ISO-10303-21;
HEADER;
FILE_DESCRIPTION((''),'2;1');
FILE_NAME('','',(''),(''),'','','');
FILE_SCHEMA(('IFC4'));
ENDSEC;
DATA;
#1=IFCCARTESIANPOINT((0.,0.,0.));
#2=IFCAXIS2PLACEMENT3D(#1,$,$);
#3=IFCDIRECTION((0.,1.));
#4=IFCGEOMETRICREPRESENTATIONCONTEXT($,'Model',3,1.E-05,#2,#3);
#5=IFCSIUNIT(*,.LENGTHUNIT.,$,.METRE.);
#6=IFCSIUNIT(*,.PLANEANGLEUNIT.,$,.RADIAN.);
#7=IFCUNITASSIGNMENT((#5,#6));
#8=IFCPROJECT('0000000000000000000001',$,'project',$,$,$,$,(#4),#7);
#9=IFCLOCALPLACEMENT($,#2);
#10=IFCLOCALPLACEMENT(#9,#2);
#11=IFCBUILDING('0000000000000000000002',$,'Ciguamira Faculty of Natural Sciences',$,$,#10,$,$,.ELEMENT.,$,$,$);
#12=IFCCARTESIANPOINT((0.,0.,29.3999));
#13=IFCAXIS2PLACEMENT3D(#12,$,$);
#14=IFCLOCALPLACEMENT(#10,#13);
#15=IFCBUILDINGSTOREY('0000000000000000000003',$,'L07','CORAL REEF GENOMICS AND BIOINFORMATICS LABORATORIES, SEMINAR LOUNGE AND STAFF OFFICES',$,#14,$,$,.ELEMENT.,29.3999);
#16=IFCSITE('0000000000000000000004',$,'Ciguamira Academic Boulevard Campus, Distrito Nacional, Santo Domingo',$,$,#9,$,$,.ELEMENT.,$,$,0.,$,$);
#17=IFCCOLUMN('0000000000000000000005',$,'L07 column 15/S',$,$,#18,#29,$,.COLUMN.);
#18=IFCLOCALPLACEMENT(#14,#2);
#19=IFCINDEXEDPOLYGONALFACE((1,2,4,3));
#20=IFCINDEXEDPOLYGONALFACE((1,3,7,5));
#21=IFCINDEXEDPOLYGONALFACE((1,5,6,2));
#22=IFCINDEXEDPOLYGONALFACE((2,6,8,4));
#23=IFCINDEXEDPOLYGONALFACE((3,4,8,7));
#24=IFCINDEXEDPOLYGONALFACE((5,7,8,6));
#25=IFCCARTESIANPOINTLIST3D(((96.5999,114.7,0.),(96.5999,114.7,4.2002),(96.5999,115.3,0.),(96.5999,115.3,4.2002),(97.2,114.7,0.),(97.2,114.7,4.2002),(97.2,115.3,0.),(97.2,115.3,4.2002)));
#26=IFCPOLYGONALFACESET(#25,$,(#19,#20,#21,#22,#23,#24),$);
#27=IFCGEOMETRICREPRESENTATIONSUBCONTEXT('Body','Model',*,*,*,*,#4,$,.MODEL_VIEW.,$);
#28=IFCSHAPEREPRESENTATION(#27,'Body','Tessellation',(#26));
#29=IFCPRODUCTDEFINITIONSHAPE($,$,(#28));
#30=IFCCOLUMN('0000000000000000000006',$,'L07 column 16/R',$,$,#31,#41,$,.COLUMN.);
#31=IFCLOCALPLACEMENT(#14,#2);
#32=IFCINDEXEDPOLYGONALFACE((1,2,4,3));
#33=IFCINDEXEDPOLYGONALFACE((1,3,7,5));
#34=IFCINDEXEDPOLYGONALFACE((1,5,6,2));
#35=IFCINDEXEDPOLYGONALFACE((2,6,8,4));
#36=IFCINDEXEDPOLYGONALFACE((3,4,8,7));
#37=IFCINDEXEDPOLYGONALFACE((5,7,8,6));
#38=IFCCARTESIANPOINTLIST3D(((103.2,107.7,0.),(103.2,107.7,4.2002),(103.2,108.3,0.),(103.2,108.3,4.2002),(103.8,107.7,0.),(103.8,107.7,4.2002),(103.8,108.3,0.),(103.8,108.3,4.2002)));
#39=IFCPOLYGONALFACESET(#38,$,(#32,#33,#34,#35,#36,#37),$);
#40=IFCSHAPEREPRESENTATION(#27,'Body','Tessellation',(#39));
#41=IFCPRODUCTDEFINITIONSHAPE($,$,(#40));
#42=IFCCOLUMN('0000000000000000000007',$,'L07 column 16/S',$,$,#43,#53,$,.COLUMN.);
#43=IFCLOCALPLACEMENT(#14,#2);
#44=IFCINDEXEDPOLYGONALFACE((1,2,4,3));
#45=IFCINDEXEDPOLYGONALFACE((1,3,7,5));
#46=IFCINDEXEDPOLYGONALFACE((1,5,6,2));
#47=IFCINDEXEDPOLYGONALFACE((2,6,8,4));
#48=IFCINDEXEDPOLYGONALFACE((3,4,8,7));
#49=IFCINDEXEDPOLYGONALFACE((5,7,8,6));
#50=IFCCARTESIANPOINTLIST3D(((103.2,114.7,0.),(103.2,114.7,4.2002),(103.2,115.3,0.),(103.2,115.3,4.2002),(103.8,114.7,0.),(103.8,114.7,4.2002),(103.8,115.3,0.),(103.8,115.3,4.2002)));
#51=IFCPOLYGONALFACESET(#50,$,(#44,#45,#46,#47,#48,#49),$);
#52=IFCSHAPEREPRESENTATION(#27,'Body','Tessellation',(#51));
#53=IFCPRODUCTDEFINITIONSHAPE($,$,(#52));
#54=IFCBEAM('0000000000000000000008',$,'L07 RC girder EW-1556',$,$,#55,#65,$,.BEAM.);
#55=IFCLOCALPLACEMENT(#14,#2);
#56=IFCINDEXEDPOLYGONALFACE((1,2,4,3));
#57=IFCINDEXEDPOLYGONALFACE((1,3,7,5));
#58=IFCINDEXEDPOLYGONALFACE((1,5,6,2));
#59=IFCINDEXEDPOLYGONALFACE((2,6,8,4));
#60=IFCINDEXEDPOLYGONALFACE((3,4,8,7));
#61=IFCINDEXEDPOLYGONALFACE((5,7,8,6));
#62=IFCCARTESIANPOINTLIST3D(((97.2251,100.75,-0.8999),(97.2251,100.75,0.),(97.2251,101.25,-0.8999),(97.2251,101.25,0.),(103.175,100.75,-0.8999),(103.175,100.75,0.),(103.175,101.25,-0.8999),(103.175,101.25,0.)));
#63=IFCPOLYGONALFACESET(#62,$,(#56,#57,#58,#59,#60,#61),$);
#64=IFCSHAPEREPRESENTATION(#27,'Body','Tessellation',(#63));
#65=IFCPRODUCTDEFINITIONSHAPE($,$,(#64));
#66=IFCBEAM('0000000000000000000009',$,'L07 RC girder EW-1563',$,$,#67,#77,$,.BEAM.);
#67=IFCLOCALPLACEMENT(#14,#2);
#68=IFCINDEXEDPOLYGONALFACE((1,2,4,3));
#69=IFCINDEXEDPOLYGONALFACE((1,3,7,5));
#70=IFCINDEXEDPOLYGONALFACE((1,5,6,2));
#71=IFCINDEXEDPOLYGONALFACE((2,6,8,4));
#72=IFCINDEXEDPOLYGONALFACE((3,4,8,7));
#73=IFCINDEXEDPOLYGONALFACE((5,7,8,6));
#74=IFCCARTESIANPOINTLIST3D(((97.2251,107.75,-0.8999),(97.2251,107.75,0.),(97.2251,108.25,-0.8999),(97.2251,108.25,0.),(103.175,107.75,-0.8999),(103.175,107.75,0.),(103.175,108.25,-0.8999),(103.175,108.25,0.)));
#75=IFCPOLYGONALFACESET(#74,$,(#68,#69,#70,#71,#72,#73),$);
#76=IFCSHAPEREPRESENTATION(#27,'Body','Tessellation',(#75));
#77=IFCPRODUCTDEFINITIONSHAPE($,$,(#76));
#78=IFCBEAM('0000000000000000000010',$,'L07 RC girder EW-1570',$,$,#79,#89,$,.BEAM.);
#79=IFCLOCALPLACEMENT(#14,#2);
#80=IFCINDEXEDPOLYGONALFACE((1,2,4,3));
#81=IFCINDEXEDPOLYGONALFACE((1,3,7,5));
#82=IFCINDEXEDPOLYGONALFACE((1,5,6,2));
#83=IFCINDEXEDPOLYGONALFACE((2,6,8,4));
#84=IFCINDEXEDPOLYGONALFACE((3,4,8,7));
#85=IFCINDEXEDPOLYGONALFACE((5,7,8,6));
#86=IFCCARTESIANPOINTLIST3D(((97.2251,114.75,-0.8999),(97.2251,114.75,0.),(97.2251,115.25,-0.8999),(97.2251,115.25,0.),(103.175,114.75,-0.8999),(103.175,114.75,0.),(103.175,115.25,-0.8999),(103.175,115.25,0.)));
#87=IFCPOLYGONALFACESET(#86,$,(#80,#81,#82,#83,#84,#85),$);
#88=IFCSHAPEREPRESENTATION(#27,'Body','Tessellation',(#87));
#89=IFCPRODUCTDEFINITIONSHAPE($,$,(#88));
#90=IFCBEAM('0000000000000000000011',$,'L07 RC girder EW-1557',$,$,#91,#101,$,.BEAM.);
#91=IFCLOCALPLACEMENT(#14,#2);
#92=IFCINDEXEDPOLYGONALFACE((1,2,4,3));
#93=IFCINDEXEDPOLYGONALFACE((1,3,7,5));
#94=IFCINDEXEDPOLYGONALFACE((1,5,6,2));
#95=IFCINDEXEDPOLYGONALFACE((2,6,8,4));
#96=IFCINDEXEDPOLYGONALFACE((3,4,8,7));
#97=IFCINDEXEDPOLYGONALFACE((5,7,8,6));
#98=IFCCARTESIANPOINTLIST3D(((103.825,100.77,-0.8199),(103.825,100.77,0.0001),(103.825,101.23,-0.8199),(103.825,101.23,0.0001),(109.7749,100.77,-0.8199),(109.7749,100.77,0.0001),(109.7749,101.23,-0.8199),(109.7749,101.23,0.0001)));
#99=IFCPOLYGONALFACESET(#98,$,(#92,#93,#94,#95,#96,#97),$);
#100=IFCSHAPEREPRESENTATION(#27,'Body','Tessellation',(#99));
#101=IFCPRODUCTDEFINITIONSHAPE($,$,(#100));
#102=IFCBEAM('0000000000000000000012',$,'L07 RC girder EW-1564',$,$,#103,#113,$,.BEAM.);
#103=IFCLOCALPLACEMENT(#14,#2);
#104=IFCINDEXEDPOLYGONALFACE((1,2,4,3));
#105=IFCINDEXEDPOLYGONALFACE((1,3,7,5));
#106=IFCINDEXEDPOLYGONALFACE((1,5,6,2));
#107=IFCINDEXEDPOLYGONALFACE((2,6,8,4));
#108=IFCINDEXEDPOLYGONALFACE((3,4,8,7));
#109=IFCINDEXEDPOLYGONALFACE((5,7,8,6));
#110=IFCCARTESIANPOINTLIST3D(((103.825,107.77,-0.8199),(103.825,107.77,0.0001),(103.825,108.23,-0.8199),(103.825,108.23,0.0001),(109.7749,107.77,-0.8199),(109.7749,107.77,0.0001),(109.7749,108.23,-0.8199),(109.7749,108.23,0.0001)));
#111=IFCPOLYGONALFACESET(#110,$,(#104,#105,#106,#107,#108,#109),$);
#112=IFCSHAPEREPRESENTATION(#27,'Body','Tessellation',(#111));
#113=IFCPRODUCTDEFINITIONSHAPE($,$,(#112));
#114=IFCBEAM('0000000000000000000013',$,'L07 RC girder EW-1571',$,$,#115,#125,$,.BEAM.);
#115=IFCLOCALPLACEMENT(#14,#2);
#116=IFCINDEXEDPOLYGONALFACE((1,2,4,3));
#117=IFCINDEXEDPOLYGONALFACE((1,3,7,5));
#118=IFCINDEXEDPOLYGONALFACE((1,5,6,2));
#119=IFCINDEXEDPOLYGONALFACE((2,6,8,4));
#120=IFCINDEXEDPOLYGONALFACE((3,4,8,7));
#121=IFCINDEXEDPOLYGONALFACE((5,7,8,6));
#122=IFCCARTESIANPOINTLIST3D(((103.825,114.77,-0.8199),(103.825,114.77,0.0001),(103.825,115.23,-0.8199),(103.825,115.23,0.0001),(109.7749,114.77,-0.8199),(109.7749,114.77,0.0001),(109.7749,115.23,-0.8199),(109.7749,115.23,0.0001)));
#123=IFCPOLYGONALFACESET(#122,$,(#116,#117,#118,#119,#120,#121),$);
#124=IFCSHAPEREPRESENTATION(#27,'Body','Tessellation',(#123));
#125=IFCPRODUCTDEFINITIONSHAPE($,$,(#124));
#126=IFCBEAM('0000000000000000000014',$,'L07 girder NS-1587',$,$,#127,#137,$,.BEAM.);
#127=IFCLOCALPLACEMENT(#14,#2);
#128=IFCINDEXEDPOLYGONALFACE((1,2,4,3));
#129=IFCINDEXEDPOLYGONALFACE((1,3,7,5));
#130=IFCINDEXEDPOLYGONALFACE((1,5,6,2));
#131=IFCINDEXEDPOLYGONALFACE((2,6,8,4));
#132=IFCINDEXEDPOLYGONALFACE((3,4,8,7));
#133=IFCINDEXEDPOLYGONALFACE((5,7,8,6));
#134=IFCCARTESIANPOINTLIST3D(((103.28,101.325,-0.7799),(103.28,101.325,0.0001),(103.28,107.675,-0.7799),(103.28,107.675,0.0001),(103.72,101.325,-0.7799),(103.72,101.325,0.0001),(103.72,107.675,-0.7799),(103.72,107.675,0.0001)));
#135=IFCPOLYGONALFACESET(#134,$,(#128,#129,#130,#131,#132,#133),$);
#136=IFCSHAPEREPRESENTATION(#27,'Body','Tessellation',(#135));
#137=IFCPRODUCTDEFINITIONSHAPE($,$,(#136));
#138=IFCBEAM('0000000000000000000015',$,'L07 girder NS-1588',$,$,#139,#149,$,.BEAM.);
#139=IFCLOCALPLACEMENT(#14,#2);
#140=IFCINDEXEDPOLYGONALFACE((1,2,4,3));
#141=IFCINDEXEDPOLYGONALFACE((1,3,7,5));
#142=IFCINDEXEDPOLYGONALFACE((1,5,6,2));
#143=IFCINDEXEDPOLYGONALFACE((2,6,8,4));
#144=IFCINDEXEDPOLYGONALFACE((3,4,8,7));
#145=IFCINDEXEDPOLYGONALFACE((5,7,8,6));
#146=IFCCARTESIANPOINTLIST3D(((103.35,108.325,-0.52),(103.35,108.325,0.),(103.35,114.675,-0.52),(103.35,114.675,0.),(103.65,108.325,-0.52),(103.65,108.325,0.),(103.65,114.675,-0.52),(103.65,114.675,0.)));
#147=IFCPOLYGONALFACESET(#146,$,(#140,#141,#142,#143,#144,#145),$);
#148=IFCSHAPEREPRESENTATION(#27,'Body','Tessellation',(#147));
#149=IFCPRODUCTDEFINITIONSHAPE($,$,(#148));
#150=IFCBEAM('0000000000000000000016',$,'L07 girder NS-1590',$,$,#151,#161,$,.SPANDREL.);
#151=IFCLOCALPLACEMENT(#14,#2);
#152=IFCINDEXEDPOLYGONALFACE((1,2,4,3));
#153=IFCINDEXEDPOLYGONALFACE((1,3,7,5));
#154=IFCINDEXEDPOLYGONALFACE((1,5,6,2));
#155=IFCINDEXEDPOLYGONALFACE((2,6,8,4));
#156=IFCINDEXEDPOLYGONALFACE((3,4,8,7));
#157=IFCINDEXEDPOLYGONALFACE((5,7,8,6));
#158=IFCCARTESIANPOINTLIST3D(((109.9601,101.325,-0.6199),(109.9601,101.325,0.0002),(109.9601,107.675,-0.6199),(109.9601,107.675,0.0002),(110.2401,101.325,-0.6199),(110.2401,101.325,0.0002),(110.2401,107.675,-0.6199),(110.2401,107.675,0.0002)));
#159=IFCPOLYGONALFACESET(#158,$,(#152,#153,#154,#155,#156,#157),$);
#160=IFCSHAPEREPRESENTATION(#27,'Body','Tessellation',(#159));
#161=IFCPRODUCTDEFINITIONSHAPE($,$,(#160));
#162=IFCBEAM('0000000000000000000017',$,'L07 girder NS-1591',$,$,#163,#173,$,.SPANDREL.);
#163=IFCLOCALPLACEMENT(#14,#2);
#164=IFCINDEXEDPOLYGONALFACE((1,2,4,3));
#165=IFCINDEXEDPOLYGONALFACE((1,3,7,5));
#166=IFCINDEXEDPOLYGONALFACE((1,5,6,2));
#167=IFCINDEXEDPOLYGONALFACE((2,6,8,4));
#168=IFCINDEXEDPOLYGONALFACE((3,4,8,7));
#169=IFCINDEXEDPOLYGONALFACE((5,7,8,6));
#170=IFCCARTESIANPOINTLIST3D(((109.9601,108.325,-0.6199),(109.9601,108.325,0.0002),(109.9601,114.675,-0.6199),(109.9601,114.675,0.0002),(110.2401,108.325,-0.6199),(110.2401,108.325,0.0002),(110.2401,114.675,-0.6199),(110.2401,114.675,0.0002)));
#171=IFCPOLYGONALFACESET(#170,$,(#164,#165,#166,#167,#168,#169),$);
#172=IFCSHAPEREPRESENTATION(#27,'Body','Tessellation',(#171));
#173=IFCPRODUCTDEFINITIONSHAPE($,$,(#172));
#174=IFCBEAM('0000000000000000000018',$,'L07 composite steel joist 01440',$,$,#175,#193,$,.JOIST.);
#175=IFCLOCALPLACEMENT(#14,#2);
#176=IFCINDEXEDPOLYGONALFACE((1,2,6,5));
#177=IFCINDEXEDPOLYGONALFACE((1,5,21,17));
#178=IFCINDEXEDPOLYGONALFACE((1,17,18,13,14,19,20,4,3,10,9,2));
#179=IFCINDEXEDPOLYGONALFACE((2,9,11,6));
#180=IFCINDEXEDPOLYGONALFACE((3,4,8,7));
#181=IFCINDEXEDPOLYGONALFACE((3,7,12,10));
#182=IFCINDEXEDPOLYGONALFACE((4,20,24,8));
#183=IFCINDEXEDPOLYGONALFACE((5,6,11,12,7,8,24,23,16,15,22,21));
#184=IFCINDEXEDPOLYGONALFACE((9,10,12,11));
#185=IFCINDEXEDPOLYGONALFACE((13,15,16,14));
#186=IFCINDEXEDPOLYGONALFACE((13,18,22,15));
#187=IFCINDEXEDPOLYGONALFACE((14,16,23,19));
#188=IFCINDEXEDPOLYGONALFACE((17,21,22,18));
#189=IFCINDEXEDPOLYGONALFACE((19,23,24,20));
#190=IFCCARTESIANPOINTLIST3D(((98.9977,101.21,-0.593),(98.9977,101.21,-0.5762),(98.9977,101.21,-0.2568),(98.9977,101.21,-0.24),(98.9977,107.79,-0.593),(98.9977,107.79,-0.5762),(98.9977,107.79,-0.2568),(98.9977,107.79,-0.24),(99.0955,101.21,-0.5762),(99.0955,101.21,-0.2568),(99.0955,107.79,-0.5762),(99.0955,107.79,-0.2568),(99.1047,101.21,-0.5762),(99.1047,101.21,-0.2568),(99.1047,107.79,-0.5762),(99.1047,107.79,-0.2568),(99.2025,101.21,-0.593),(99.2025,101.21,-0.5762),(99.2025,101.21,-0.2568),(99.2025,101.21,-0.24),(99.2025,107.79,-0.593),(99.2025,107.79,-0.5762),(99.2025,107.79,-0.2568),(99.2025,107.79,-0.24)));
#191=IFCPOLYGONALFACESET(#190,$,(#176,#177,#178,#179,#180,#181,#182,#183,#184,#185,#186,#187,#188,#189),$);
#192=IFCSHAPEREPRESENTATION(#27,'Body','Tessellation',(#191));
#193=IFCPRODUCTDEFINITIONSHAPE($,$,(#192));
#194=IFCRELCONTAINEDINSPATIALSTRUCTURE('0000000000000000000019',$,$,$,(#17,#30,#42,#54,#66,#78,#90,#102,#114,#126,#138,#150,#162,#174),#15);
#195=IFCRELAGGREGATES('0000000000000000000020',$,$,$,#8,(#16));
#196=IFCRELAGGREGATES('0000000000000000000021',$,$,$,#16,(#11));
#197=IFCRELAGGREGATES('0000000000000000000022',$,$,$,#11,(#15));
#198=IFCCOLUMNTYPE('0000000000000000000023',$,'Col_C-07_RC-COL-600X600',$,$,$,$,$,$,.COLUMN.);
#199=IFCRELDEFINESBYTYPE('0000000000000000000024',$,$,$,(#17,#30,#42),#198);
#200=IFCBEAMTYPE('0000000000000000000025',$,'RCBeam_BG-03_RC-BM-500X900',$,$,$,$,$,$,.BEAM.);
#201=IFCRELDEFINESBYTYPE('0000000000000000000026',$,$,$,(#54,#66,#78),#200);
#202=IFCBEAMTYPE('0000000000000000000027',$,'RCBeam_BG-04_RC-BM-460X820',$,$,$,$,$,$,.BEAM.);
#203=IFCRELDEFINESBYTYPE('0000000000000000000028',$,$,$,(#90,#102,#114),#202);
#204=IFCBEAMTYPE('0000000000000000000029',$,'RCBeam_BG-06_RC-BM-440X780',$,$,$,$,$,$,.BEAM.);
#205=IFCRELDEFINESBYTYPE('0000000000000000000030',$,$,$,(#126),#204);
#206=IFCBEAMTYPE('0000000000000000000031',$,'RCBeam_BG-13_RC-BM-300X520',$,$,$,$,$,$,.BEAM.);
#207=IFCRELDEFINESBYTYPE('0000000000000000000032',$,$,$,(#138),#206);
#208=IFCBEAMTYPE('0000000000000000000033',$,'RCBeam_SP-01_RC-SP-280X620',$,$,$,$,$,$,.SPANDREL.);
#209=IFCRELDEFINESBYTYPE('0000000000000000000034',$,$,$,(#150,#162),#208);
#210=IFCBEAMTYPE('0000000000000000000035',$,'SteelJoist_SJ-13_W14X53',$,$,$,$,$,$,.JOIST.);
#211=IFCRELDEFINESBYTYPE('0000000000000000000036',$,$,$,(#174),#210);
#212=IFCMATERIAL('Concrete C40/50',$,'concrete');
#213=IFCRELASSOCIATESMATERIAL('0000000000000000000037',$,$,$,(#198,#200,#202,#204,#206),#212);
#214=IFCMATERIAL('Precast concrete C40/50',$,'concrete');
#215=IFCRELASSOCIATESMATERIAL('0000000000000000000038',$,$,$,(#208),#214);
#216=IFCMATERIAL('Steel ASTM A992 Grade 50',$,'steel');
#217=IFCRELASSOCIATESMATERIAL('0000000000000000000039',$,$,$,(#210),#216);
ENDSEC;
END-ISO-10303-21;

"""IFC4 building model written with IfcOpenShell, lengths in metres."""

from ifc_helpers import new_model, si_unit, direction, frame, origin, origin_2d, place, context, subcontext, project, spatial, rectangle, i_section, extrude, material, material_profile, profile_set, type_object, element, save


model = new_model("IFC4")

# Units and contexts
model_context = context("Model", 3, precision=1e-05, world=origin(), true_north=direction((0.0, 1.0)))
body_context = subcontext(model_context, "Body", "Model", "MODEL_VIEW")
ifc_project = project(units=[si_unit("LENGTHUNIT", "METRE"), si_unit("PLANEANGLEUNIT", "RADIAN")], contexts=[model_context])

# Site, building, storey
site_placement = place(None, origin())
site = spatial("IfcSite", under=ifc_project, at=site_placement, Name="Ciguamira Academic Boulevard Campus, Distrito Nacional, Santo Domingo", CompositionType="ELEMENT", RefElevation=0.0)
building_placement = place(site_placement, origin())
building = spatial("IfcBuilding", under=site, at=building_placement, Name="Ciguamira Faculty of Natural Sciences", CompositionType="ELEMENT")
storey_placement = place(building_placement, frame((0.0, 0.0, 29.3999)))
storey = spatial("IfcBuildingStorey", under=building, at=storey_placement, Name="L07", Description="CORAL REEF GENOMICS AND BIOINFORMATICS LABORATORIES, SEMINAR LOUNGE AND STAFF OFFICES", CompositionType="ELEMENT", Elevation=29.3999)

# Columns
ifc_material_1 = material(Name="Concrete C40/50", Category="concrete")
ifc_material_profile_1 = material_profile(ifc_material_1, rectangle(XDim=0.6001, YDim=0.6001, at=origin_2d()), Name="RC-COL-600X600")
ifc_profile_set_1 = profile_set([ifc_material_profile_1], Name="Concrete C40/50")
column_type = type_object("IfcColumnType", Name="Col_C-07_RC-COL-600X600", PredefinedType="COLUMN", material=ifc_profile_set_1)
for number, where, z_axis, x_axis, name in (
    (1, (96.8999, 115.0, 0.0), (0.0, 0.0, 1.0), (1.0, 0.0, 0.0), "L07 column 15/S"),
    (2, (103.5, 108.0, 0.0), (0.0, 0.0, 1.0), (1.0, 0.0, 0.0), "L07 column 16/R"),
    (3, (103.5, 115.0, 0.0), (0.0, 0.0, 1.0), (1.0, 0.0, 0.0), "L07 column 16/S"),
):
    element("IfcColumn", number, at=place(storey_placement, frame(where, z_axis=z_axis, x_axis=x_axis)), inside=storey, type_object=column_type, Name=name, PredefinedType="COLUMN", context=body_context, shape_type="SweptSolid", body=[
        extrude(rectangle(XDim=0.6001, YDim=0.6001, at=origin_2d()), origin(), (0.0, 0.0, 1.0), 4.2002),
    ])

# Beams
ifc_material_profile_2 = material_profile(ifc_material_1, rectangle(XDim=0.5, YDim=0.8999, at=origin_2d()), Name="RC-BM-500X900")
ifc_profile_set_2 = profile_set([ifc_material_profile_2], Name="Concrete C40/50")
beam_type_1 = type_object("IfcBeamType", Name="RCBeam_BG-03_RC-BM-500X900", PredefinedType="BEAM", material=ifc_profile_set_2)
for number, where, z_axis, x_axis, name in (
    (4, (97.2251, 101.0, -0.45), (1.0, 0.0, 0.0), (0.0, 1.0, 0.0), "L07 RC girder EW-1556"),
    (5, (97.2251, 108.0, -0.45), (1.0, 0.0, 0.0), (0.0, 1.0, 0.0), "L07 RC girder EW-1563"),
    (6, (97.2251, 115.0, -0.45), (1.0, 0.0, 0.0), (0.0, 1.0, 0.0), "L07 RC girder EW-1570"),
):
    element("IfcBeam", number, at=place(storey_placement, frame(where, z_axis=z_axis, x_axis=x_axis)), inside=storey, type_object=beam_type_1, Name=name, PredefinedType="BEAM", context=body_context, shape_type="SweptSolid", body=[
        extrude(rectangle(XDim=0.5, YDim=0.8999, at=origin_2d()), origin(), (0.0, 0.0, 1.0), 5.95),
    ])
ifc_material_profile_3 = material_profile(ifc_material_1, rectangle(XDim=0.46, YDim=0.8201, at=origin_2d()), Name="RC-BM-460X820")
ifc_profile_set_3 = profile_set([ifc_material_profile_3], Name="Concrete C40/50")
beam_type_2 = type_object("IfcBeamType", Name="RCBeam_BG-04_RC-BM-460X820", PredefinedType="BEAM", material=ifc_profile_set_3)
for number, where, z_axis, x_axis, name in (
    (7, (103.825, 101.0, -0.4099), (1.0, 0.0, 0.0), (0.0, 1.0, 0.0), "L07 RC girder EW-1557"),
    (8, (103.825, 108.0, -0.4099), (1.0, 0.0, 0.0), (0.0, 1.0, 0.0), "L07 RC girder EW-1564"),
    (9, (103.825, 115.0, -0.4099), (1.0, 0.0, 0.0), (0.0, 1.0, 0.0), "L07 RC girder EW-1571"),
):
    element("IfcBeam", number, at=place(storey_placement, frame(where, z_axis=z_axis, x_axis=x_axis)), inside=storey, type_object=beam_type_2, Name=name, PredefinedType="BEAM", context=body_context, shape_type="SweptSolid", body=[
        extrude(rectangle(XDim=0.46, YDim=0.8201, at=origin_2d()), origin(), (0.0, 0.0, 1.0), 5.95),
    ])
ifc_material_profile_4 = material_profile(ifc_material_1, rectangle(XDim=0.4399, YDim=0.78, at=origin_2d()), Name="RC-BM-440X780")
ifc_profile_set_4 = profile_set([ifc_material_profile_4], Name="Concrete C40/50")
beam_type_3 = type_object("IfcBeamType", Name="RCBeam_BG-06_RC-BM-440X780", PredefinedType="BEAM", material=ifc_profile_set_4)
beam_1_placement = place(storey_placement, frame((103.5, 101.325, -0.3899), z_axis=(0.0, 1.0, 0.0), x_axis=(-1.0, 0.0, 0.0)))
element("IfcBeam", 10, at=beam_1_placement, inside=storey, type_object=beam_type_3, Name="L07 girder NS-1587", PredefinedType="BEAM", context=body_context, shape_type="SweptSolid", body=[
    extrude(rectangle(XDim=0.4399, YDim=0.78, at=origin_2d()), origin(), (0.0, 0.0, 1.0), 6.3501),
])
ifc_material_profile_5 = material_profile(ifc_material_1, rectangle(XDim=0.3, YDim=0.52, at=origin_2d()), Name="RC-BM-300X520")
ifc_profile_set_5 = profile_set([ifc_material_profile_5], Name="Concrete C40/50")
beam_type_4 = type_object("IfcBeamType", Name="RCBeam_BG-13_RC-BM-300X520", PredefinedType="BEAM", material=ifc_profile_set_5)
beam_2_placement = place(storey_placement, frame((103.5, 108.325, -0.26), z_axis=(0.0, 1.0, 0.0), x_axis=(-1.0, 0.0, 0.0)))
element("IfcBeam", 11, at=beam_2_placement, inside=storey, type_object=beam_type_4, Name="L07 girder NS-1588", PredefinedType="BEAM", context=body_context, shape_type="SweptSolid", body=[
    extrude(rectangle(XDim=0.3, YDim=0.52, at=origin_2d()), origin(), (0.0, 0.0, 1.0), 6.3501),
])
ifc_material_2 = material(Name="Precast concrete C40/50", Category="concrete")
ifc_material_profile_6 = material_profile(ifc_material_2, rectangle(XDim=0.28, YDim=0.6201, at=origin_2d()), Name="RC-SP-280X620")
ifc_profile_set_6 = profile_set([ifc_material_profile_6], Name="Precast concrete C40/50")
beam_type_5 = type_object("IfcBeamType", Name="RCBeam_SP-01_RC-SP-280X620", PredefinedType="SPANDREL", material=ifc_profile_set_6)
for number, where, z_axis, x_axis, name in (
    (12, (110.1001, 101.325, -0.3098), (0.0, 1.0, 0.0), (-1.0, 0.0, 0.0), "L07 girder NS-1590"),
    (13, (110.1001, 108.325, -0.3098), (0.0, 1.0, 0.0), (-1.0, 0.0, 0.0), "L07 girder NS-1591"),
):
    element("IfcBeam", number, at=place(storey_placement, frame(where, z_axis=z_axis, x_axis=x_axis)), inside=storey, type_object=beam_type_5, Name=name, PredefinedType="SPANDREL", context=body_context, shape_type="SweptSolid", body=[
        extrude(rectangle(XDim=0.28, YDim=0.6201, at=origin_2d()), origin(), (0.0, 0.0, 1.0), 6.3501),
    ])
ifc_material_3 = material(Name="Steel ASTM A992 Grade 50", Category="steel")
ifc_material_profile_7 = material_profile(ifc_material_3, i_section(OverallWidth=0.2048, OverallDepth=0.353, WebThickness=0.0093, FlangeThickness=0.0168, at=origin_2d()), Name="W14X53")
ifc_profile_set_7 = profile_set([ifc_material_profile_7], Name="Steel ASTM A992 Grade 50")
beam_type_6 = type_object("IfcBeamType", Name="SteelJoist_SJ-13_W14X53", PredefinedType="JOIST", material=ifc_profile_set_7)
beam_3_placement = place(storey_placement, frame((99.1001, 101.21, -0.4165), z_axis=(0.0, 1.0, 0.0), x_axis=(-1.0, 0.0, 0.0)))
element("IfcBeam", 14, at=beam_3_placement, inside=storey, type_object=beam_type_6, Name="L07 composite steel joist 01440", PredefinedType="JOIST", context=body_context, shape_type="SweptSolid", body=[
    extrude(i_section(OverallWidth=0.2048, OverallDepth=0.353, WebThickness=0.0093, FlangeThickness=0.0168, at=origin_2d()), origin(), (0.0, 0.0, 1.0), 6.5801),
])

save(model, "model.ifc")
